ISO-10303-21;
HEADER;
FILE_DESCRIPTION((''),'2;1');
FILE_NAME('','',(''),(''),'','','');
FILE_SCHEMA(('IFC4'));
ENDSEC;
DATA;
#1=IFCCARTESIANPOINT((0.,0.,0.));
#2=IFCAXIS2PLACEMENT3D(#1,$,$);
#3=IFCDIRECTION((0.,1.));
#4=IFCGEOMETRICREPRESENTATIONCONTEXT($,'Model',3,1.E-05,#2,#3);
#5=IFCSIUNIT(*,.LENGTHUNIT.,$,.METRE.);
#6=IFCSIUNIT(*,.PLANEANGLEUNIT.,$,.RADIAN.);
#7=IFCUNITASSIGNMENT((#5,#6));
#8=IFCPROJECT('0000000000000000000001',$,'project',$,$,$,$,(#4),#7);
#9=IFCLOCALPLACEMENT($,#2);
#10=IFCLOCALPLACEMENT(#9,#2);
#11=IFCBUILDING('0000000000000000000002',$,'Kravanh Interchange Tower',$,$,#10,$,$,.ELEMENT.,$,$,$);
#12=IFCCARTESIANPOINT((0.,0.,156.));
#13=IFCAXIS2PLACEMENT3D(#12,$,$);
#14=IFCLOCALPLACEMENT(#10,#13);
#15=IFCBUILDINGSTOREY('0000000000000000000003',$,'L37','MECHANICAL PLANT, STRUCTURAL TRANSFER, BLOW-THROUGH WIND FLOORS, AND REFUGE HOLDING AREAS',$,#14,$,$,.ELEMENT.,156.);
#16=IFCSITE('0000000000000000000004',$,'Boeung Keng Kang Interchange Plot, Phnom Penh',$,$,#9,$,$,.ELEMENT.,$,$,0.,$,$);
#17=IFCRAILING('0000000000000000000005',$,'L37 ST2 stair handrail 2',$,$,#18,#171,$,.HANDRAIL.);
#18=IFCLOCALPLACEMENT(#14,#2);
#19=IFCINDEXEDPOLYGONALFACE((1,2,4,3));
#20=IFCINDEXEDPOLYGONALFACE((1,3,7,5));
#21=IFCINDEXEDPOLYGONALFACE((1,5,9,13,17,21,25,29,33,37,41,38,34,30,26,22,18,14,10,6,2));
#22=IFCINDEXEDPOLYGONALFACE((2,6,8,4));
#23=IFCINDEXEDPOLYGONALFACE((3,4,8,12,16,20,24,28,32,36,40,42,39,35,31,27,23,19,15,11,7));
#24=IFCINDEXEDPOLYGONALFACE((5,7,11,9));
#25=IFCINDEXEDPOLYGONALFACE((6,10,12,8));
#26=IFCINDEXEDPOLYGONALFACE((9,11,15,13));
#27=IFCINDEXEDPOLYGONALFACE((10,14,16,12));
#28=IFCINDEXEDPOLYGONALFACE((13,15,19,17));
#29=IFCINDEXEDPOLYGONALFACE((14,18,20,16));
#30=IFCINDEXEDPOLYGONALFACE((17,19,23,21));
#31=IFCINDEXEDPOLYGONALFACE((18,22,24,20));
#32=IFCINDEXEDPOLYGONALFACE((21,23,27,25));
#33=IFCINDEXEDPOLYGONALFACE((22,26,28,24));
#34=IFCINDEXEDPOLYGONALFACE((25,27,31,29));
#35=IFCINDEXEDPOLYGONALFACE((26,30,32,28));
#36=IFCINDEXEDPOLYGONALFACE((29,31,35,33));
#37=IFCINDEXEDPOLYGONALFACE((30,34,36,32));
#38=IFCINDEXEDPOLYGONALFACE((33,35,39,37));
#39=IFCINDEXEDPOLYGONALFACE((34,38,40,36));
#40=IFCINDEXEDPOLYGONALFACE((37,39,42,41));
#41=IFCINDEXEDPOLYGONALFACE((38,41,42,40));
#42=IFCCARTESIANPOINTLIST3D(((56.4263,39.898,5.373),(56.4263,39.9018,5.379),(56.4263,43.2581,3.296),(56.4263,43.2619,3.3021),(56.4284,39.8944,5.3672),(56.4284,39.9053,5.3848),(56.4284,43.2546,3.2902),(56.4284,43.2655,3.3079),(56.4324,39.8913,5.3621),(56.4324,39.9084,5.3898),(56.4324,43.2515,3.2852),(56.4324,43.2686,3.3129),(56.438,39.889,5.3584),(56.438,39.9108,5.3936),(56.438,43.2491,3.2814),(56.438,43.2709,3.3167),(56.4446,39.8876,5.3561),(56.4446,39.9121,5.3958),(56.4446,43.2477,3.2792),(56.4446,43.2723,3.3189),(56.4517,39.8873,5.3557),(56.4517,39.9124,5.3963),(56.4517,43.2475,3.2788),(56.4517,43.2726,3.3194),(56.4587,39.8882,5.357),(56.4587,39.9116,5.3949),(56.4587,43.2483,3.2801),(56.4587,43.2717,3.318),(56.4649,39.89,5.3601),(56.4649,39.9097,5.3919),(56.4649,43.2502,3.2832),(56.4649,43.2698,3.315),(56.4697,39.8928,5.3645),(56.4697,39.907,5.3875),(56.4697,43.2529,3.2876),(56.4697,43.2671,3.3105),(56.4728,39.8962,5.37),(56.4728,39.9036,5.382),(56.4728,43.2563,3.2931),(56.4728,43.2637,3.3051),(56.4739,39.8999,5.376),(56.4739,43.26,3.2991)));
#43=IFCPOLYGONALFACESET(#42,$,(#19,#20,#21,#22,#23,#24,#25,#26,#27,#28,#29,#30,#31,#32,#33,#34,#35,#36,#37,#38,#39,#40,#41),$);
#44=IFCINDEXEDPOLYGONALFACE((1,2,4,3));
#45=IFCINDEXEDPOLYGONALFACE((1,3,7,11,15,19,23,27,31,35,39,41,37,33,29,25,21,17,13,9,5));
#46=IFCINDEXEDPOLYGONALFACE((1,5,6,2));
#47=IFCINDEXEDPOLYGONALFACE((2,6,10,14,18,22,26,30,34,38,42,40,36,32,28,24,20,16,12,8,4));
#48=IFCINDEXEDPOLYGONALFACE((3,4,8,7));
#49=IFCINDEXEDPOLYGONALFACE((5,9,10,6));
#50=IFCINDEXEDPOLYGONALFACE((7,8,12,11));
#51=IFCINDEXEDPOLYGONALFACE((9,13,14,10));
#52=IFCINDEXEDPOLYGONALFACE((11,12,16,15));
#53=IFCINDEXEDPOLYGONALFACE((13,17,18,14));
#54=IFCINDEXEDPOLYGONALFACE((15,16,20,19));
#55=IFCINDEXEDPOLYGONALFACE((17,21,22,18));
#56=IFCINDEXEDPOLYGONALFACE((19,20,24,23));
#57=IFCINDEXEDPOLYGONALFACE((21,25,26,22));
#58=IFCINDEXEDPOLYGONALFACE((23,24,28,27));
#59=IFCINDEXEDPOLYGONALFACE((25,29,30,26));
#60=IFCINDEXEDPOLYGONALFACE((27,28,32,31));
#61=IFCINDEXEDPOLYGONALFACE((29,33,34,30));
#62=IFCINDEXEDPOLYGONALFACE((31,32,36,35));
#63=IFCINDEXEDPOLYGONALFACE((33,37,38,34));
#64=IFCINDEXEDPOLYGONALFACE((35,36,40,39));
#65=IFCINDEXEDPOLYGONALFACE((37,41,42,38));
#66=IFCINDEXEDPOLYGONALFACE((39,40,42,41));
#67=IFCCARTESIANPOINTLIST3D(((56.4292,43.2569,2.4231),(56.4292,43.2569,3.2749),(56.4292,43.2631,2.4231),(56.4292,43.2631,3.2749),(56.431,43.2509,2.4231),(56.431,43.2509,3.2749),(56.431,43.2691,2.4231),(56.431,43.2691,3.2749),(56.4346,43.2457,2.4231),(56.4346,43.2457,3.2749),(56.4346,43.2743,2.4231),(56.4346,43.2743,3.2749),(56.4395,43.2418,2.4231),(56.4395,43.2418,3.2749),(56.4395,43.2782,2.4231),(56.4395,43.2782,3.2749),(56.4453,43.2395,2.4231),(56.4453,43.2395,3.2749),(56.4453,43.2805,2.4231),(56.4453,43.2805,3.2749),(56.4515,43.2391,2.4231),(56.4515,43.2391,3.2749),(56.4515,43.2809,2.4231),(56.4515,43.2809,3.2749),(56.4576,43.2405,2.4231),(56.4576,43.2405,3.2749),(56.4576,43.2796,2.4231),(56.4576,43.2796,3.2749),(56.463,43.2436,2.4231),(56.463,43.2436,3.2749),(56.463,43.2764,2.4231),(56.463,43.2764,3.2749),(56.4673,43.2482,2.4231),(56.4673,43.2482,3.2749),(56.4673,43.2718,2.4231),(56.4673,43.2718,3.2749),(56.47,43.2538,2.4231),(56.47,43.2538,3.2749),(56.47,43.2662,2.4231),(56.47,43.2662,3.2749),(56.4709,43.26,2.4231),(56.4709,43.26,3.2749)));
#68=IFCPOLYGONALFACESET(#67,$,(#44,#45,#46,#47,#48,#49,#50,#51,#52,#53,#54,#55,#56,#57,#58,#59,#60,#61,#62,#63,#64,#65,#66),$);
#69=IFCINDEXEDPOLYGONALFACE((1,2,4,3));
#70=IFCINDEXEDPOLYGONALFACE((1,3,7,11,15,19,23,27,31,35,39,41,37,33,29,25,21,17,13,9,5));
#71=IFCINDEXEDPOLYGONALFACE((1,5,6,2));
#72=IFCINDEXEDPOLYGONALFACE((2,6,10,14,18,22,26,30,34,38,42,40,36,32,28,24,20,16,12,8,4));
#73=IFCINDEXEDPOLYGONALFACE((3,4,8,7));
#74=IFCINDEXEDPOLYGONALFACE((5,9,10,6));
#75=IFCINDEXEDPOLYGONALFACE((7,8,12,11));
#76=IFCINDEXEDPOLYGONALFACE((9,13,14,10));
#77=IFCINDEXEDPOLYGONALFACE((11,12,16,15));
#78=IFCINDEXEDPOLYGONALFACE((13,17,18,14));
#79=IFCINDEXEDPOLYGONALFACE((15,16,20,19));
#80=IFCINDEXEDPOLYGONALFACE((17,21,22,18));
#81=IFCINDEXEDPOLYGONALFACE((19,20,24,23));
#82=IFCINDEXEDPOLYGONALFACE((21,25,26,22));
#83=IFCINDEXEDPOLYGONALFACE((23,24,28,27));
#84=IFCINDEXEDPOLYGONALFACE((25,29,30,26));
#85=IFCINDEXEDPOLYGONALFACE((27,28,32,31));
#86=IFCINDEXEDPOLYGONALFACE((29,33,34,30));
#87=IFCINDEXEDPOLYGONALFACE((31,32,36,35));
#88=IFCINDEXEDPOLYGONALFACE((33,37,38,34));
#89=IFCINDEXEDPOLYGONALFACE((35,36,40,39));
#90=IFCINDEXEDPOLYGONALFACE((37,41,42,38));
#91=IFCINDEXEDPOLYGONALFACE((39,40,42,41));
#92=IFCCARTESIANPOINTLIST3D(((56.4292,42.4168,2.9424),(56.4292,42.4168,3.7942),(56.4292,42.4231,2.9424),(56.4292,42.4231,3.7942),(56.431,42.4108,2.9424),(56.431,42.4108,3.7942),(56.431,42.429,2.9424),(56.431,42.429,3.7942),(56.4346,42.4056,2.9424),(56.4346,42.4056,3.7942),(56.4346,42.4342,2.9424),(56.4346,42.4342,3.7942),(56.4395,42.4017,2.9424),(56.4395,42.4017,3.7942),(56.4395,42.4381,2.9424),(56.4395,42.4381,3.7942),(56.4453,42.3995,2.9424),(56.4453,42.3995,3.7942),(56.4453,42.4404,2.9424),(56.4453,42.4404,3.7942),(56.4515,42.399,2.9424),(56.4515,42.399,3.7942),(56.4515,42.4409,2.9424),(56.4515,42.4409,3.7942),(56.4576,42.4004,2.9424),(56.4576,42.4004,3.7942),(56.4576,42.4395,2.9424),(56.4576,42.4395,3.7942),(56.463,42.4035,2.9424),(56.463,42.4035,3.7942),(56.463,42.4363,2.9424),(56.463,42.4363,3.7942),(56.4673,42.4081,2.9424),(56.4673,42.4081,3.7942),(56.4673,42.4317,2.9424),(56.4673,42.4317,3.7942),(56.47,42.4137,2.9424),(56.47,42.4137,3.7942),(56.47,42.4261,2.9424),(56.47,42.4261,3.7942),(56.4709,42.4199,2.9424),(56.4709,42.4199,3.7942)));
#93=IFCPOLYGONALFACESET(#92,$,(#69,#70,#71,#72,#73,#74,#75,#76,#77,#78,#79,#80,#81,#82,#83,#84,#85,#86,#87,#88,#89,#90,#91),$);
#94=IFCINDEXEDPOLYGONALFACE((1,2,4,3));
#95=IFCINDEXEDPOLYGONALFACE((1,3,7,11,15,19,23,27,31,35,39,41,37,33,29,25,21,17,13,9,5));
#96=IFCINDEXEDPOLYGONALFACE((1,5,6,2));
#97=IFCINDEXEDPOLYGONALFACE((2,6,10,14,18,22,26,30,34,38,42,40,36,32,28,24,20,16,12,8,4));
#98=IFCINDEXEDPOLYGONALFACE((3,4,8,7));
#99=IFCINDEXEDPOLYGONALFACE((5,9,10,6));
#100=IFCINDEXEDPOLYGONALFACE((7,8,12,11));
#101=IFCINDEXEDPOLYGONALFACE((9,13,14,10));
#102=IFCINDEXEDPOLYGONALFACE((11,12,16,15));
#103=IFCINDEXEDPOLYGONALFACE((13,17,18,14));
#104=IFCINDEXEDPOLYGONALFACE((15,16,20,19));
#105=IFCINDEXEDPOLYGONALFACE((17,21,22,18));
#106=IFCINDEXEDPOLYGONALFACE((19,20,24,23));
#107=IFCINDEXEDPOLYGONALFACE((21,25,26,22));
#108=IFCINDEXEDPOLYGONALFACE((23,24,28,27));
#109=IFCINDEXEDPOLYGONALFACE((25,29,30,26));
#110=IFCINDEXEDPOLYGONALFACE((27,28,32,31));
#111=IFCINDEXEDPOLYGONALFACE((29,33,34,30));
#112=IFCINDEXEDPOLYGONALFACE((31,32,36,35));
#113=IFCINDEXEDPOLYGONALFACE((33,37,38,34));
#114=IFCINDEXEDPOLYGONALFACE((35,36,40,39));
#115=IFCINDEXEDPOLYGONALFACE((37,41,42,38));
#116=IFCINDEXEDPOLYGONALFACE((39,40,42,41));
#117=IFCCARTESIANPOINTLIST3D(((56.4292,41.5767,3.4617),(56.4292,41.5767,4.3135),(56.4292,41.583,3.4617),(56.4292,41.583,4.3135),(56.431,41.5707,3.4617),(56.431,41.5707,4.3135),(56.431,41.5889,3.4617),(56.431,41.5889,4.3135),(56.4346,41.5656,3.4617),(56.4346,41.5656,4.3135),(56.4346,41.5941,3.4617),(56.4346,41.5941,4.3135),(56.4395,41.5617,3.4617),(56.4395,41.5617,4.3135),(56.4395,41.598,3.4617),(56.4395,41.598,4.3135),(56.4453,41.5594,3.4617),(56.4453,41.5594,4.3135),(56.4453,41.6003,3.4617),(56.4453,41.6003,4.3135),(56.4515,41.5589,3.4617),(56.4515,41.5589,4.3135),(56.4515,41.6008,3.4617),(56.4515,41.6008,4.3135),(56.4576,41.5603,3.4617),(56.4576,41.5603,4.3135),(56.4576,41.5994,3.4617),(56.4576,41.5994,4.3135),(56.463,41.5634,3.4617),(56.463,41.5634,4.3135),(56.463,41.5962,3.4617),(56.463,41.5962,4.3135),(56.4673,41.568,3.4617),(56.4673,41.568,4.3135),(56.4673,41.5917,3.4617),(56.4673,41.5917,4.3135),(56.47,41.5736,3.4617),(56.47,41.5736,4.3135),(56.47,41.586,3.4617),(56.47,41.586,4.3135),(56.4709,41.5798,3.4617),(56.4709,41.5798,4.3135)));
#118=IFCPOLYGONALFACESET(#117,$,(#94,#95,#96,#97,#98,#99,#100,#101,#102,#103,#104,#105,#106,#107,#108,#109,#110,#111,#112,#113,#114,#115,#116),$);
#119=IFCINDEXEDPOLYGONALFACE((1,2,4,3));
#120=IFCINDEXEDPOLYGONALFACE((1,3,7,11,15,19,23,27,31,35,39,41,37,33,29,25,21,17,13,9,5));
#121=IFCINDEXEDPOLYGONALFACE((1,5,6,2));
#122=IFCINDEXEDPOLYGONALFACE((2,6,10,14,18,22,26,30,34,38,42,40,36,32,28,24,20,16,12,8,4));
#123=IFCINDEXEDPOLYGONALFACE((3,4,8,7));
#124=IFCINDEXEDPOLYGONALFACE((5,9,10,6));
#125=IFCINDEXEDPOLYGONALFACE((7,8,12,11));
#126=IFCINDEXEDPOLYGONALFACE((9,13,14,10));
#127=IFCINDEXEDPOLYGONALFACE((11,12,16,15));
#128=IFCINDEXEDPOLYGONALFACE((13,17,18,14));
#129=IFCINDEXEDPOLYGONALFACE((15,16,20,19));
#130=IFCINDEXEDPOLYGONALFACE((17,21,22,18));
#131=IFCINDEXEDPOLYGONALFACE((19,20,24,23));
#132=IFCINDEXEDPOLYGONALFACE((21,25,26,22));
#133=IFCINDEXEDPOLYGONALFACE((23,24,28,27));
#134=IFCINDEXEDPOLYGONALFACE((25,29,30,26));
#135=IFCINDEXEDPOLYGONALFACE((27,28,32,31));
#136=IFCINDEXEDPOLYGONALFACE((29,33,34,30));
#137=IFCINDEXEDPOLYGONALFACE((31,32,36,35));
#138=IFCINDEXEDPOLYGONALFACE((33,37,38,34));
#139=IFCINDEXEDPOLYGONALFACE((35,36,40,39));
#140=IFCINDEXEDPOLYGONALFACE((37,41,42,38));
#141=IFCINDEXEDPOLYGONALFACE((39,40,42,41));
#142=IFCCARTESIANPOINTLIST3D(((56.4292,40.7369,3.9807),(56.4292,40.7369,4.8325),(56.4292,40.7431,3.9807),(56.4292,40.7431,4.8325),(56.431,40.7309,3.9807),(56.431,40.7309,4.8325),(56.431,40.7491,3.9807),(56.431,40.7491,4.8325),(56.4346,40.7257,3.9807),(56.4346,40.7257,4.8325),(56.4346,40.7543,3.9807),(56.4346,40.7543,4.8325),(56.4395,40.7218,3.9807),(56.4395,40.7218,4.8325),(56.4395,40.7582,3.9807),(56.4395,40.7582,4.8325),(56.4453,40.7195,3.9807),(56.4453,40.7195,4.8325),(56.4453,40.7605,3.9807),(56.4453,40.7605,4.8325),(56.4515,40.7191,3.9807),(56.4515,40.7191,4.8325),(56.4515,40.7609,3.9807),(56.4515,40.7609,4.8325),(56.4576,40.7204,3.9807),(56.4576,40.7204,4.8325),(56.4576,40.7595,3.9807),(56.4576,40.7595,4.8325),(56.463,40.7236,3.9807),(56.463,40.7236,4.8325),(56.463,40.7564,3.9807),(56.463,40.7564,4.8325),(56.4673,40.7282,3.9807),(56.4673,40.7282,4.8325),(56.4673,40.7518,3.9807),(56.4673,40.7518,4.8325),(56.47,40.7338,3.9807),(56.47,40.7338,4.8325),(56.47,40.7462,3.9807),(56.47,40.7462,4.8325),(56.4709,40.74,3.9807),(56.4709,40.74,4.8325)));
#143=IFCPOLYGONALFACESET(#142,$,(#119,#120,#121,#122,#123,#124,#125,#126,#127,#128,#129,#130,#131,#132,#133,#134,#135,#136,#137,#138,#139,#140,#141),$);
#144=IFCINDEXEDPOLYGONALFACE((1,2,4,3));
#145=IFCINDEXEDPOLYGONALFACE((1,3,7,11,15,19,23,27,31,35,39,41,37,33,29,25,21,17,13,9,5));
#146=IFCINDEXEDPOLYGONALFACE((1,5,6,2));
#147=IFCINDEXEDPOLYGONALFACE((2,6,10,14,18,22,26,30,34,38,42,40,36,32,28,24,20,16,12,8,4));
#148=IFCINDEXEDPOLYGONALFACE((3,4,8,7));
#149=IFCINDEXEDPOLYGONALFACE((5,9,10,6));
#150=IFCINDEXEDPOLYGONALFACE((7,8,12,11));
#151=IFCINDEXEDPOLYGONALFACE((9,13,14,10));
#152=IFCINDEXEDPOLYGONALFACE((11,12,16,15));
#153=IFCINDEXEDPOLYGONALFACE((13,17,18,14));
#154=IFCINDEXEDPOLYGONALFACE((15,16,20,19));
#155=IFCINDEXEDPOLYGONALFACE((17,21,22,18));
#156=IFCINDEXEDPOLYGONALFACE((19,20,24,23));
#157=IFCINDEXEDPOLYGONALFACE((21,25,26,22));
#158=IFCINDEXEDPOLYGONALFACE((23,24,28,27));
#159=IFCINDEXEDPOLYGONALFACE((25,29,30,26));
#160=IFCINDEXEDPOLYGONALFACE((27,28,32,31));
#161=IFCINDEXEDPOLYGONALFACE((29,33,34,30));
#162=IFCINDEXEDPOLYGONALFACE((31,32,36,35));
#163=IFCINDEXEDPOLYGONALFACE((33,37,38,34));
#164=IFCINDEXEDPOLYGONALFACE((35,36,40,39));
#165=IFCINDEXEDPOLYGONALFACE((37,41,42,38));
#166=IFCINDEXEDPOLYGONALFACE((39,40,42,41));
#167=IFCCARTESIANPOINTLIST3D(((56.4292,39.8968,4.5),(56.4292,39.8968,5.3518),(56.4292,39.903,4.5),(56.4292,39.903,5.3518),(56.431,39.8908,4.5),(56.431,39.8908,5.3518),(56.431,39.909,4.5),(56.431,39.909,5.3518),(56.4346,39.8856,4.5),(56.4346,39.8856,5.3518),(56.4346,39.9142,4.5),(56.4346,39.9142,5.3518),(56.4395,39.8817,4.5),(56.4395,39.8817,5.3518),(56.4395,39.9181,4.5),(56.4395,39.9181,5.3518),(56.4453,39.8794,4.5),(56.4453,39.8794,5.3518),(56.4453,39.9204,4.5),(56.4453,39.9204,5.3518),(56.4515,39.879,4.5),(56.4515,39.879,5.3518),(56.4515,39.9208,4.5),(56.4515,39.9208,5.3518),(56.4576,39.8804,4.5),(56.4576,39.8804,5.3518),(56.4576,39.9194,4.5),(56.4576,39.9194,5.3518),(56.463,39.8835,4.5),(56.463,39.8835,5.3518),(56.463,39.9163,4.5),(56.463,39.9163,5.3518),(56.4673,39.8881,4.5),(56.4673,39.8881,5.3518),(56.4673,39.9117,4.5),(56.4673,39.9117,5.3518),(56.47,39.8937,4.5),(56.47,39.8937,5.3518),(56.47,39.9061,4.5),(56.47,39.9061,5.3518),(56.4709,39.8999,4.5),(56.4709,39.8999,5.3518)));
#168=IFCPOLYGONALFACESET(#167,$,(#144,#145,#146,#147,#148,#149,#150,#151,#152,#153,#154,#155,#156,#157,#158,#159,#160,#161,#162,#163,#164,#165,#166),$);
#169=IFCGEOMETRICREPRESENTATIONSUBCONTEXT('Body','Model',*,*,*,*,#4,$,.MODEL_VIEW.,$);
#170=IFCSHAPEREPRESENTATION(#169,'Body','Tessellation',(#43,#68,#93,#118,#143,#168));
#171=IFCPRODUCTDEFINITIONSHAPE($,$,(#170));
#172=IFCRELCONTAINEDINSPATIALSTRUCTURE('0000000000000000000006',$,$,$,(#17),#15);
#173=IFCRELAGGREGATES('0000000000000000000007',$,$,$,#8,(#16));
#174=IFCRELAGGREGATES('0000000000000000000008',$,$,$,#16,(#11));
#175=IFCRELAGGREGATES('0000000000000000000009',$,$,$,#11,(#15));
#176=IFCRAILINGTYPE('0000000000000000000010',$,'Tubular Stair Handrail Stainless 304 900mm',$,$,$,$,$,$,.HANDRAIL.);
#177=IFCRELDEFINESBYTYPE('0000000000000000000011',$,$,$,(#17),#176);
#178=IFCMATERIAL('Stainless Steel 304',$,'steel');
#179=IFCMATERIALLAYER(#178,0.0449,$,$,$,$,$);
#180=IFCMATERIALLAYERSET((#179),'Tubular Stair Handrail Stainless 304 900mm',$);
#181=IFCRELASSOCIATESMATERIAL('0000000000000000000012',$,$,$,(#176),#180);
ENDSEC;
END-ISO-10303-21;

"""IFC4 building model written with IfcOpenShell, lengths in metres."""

from ifc_helpers import new_model, si_unit, direction, frame, origin, origin_2d, place, context, subcontext, project, spatial, circle, extrude, material, layer, layer_set, type_object, element, save


model = new_model("IFC4")

# Units and contexts
model_context = context("Model", 3, precision=1e-05, world=origin(), true_north=direction((0.0, 1.0)))
body_context = subcontext(model_context, "Body", "Model", "MODEL_VIEW")
ifc_project = project(units=[si_unit("LENGTHUNIT", "METRE"), si_unit("PLANEANGLEUNIT", "RADIAN")], contexts=[model_context])

# Site, building, storey
site_placement = place(None, origin())
site = spatial("IfcSite", under=ifc_project, at=site_placement, Name="Boeung Keng Kang Interchange Plot, Phnom Penh", CompositionType="ELEMENT", RefElevation=0.0)
building_placement = place(site_placement, origin())
building = spatial("IfcBuilding", under=site, at=building_placement, Name="Kravanh Interchange Tower", CompositionType="ELEMENT")
storey_placement = place(building_placement, frame((0.0, 0.0, 156.0)))
storey = spatial("IfcBuildingStorey", under=building, at=storey_placement, Name="L37", Description="MECHANICAL PLANT, STRUCTURAL TRANSFER, BLOW-THROUGH WIND FLOORS, AND REFUGE HOLDING AREAS", CompositionType="ELEMENT", Elevation=156.0)

# Railing
ifc_material_1 = material(Name="Stainless Steel 304", Category="steel")
ifc_layer_1 = layer(ifc_material_1, 0.0449)
ifc_layer_set_1 = layer_set([ifc_layer_1], Name="Tubular Stair Handrail Stainless 304 900mm")
railing_type_1 = type_object("IfcRailingType", Name="Tubular Stair Handrail Stainless 304 900mm", PredefinedType="HANDRAIL", material=ifc_layer_set_1)
railing_1_placement = place(storey_placement, frame((56.45, 43.26, 2.4231)))
element("IfcRailing", 1, at=railing_1_placement, inside=storey, type_object=railing_type_1, Name="L37 ST2 stair handrail 2", PredefinedType="HANDRAIL", context=body_context, shape_type="SweptSolid", body=[
    extrude(circle(Radius=0.0239, at=origin_2d()), frame((0.0, 0.0, 0.876), z_axis=(0.0, -0.850623, 0.525776), x_axis=(1.0, 0.0, 0.0)), (0.0, 0.0, 1.0), 3.9502),
    extrude(circle(Radius=0.021, at=origin_2d()), origin(), (0.0, 0.0, 1.0), 0.8518),
    extrude(circle(Radius=0.021, at=origin_2d()), frame((0.0, -0.8401, 0.5193)), (0.0, 0.0, 1.0), 0.8518),
    extrude(circle(Radius=0.021, at=origin_2d()), frame((0.0, -1.6802, 1.0386)), (0.0, 0.0, 1.0), 0.8518),
    extrude(circle(Radius=0.021, at=origin_2d()), frame((0.0, -2.52, 1.5576)), (0.0, 0.0, 1.0), 0.8518),
    extrude(circle(Radius=0.021, at=origin_2d()), frame((0.0, -3.3601, 2.0769)), (0.0, 0.0, 1.0), 0.8518),
])

save(model, "model.ifc")
